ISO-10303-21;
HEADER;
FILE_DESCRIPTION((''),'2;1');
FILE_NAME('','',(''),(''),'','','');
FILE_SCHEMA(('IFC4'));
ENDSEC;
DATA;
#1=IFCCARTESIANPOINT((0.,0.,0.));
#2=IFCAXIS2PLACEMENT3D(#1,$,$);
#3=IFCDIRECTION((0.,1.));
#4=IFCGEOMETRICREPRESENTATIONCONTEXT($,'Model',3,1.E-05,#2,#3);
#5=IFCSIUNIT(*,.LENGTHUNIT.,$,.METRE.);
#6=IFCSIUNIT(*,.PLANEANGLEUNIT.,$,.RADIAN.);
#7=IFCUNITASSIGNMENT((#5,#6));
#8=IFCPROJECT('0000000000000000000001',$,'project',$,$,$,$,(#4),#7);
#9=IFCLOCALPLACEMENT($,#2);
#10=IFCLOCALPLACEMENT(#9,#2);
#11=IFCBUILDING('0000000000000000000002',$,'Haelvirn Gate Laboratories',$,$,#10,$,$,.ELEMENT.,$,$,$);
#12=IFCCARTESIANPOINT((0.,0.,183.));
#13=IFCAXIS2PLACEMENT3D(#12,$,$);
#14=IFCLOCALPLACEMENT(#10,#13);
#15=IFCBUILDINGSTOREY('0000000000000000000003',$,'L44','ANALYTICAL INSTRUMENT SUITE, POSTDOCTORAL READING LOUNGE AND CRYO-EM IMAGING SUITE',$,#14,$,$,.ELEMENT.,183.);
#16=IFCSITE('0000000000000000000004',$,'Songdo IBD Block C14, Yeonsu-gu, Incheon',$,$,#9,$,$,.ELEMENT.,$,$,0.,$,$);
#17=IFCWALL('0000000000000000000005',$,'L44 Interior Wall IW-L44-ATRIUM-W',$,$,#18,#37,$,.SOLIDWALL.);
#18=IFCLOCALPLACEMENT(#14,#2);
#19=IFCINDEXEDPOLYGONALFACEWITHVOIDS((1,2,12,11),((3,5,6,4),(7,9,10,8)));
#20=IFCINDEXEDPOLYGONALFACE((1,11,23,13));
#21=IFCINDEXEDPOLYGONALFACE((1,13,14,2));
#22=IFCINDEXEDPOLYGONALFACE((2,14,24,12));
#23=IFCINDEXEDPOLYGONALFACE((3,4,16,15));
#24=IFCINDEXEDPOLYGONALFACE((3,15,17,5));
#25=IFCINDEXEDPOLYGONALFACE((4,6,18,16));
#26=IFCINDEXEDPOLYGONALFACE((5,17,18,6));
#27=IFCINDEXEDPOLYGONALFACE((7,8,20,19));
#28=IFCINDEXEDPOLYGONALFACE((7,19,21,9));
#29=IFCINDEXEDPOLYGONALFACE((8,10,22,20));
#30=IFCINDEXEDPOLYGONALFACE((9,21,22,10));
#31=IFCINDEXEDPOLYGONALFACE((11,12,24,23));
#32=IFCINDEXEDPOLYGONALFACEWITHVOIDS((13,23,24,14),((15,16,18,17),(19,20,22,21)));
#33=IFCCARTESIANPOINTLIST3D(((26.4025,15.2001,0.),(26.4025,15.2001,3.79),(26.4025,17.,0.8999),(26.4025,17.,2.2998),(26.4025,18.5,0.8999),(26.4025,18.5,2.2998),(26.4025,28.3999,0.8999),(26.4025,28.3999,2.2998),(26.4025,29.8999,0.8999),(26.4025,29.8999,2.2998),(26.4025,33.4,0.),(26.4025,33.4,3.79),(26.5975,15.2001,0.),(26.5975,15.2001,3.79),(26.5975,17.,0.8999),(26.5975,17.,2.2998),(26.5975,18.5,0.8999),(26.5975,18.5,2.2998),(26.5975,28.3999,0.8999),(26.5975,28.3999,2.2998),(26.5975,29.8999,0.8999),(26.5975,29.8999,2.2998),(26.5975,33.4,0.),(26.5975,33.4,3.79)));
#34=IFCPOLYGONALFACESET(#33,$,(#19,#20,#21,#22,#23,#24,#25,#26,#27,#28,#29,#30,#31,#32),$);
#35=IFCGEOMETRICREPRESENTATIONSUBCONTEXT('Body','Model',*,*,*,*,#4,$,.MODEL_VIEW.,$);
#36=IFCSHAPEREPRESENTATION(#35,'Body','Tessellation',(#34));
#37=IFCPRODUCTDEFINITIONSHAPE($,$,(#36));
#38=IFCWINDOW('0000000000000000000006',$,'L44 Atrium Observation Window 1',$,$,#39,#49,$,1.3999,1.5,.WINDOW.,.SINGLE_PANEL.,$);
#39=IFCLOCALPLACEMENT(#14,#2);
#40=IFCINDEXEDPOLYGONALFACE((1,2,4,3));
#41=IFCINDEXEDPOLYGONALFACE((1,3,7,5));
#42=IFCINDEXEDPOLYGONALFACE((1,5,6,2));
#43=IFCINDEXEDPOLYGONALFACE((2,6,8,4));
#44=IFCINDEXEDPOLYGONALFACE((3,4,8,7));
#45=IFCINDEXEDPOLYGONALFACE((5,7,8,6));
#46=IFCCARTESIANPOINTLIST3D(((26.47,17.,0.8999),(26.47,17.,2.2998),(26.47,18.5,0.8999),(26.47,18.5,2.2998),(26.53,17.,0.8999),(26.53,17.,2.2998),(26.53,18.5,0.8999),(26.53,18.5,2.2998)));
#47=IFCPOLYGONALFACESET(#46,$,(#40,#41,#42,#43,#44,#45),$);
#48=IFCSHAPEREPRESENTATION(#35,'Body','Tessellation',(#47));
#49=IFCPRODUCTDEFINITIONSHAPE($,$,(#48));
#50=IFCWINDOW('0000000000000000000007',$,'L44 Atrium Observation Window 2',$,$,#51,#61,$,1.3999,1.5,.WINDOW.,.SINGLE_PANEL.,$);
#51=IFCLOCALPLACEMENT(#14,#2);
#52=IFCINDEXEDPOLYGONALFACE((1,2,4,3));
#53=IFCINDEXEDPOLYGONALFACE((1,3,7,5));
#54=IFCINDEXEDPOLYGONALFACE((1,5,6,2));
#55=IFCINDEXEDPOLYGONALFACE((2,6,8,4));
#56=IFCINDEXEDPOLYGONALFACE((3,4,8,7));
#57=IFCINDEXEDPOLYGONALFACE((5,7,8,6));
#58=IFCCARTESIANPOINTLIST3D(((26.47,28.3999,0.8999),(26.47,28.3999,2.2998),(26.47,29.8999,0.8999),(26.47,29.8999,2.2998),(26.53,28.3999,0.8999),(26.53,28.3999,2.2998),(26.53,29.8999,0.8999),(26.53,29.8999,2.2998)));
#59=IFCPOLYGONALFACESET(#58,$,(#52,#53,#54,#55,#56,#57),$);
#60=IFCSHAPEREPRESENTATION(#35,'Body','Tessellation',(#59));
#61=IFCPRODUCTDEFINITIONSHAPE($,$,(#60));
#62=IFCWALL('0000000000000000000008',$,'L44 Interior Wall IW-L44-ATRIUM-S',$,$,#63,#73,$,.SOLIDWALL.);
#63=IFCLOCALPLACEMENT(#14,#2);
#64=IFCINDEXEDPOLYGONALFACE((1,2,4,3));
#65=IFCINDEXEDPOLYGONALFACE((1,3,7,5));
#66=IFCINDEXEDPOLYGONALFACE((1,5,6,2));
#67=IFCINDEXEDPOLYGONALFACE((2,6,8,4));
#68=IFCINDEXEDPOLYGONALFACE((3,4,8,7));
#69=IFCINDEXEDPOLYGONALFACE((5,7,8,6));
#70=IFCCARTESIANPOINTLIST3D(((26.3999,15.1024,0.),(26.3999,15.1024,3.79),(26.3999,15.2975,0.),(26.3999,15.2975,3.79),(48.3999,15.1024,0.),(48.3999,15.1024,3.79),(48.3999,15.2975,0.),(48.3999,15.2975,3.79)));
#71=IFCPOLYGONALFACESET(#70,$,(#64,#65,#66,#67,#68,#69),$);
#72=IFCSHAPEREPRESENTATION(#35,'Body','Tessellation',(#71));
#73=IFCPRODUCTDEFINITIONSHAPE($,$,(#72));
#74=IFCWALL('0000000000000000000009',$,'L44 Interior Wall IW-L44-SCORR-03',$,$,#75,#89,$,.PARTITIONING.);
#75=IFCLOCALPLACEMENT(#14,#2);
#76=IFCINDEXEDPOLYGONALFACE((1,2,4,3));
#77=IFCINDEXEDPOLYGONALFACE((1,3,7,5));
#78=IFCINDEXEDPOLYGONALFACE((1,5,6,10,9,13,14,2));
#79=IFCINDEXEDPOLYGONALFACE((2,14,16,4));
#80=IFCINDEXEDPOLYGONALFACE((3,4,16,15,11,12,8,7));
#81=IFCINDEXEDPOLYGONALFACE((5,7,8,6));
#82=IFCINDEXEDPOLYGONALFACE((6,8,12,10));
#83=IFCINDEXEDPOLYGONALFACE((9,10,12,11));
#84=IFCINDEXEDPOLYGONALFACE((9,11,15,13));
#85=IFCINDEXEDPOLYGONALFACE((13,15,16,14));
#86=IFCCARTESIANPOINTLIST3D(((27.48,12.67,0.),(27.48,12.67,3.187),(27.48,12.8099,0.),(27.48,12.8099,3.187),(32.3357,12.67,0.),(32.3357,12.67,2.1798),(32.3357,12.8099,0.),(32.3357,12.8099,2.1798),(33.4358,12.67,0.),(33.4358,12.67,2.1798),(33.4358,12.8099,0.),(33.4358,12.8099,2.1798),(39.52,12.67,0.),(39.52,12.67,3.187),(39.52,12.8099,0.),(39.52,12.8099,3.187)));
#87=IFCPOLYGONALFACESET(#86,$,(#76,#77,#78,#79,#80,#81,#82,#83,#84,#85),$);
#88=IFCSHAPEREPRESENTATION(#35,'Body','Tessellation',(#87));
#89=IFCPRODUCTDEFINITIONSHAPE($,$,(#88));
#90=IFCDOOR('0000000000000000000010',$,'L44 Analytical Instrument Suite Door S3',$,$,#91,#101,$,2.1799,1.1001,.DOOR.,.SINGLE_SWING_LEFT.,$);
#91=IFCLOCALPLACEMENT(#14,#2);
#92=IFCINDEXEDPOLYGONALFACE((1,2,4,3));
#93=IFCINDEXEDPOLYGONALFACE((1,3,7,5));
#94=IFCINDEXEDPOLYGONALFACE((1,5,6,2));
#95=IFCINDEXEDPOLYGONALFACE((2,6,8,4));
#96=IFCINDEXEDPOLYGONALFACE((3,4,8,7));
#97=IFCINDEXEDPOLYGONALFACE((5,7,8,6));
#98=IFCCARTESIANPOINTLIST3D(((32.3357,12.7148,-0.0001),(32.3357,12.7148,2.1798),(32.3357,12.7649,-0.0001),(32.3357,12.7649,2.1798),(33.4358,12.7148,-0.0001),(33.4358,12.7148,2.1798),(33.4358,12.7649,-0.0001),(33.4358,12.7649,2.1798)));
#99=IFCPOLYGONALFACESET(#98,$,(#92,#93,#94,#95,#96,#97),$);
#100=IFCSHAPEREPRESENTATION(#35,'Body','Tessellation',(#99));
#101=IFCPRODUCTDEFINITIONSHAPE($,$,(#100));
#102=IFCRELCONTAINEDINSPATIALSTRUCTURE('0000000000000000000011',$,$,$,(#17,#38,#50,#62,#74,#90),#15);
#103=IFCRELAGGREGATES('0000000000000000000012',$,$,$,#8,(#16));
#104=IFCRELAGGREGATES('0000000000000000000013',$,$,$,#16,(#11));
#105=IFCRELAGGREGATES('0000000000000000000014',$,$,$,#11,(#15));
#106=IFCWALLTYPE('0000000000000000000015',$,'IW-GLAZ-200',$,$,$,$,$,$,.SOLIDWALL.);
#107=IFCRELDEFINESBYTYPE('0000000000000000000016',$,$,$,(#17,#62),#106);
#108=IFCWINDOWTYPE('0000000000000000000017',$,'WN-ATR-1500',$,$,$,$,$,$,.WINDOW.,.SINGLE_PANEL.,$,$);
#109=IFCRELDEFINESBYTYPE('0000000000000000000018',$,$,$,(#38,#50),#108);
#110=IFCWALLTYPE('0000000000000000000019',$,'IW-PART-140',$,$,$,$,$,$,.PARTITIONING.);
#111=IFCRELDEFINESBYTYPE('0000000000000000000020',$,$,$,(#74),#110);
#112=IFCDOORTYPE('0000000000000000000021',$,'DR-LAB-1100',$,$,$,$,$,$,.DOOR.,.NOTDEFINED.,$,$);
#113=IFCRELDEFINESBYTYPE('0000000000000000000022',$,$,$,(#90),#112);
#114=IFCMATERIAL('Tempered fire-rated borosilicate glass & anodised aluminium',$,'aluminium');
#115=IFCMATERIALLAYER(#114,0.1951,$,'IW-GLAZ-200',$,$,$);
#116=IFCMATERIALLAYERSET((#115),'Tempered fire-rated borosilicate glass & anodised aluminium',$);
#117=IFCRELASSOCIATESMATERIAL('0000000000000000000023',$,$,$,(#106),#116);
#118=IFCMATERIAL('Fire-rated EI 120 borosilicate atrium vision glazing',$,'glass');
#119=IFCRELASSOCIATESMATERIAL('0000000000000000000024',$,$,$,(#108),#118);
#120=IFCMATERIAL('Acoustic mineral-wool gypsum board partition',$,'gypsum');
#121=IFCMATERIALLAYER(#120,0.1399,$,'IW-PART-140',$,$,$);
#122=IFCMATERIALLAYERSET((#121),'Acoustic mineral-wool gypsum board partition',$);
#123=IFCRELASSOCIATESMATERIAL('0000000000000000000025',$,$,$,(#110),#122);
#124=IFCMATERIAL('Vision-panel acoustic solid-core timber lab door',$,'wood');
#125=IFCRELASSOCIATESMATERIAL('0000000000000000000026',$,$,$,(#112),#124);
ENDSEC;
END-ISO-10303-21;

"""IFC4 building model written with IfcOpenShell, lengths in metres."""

from ifc_helpers import new_model, si_unit, direction, frame, frame_2d, origin, place, context, subcontext, project, spatial, rectangle, extrude, source, transform, mapped, material, layer, layer_set, type_object, type_shapes, element, fill, save


model = new_model("IFC4")

# Units and contexts
model_context = context("Model", 3, precision=1e-05, world=origin(), true_north=direction((0.0, 1.0)))
body_context = subcontext(model_context, "Body", "Model", "MODEL_VIEW")
ifc_project = project(units=[si_unit("LENGTHUNIT", "METRE"), si_unit("PLANEANGLEUNIT", "RADIAN")], contexts=[model_context])

# Site, building, storey
site_placement = place(None, origin())
site = spatial("IfcSite", under=ifc_project, at=site_placement, Name="Songdo IBD Block C14, Yeonsu-gu, Incheon", CompositionType="ELEMENT", RefElevation=0.0)
building_placement = place(site_placement, origin())
building = spatial("IfcBuilding", under=site, at=building_placement, Name="Haelvirn Gate Laboratories", CompositionType="ELEMENT")
storey_placement = place(building_placement, frame((0.0, 0.0, 183.0)))
storey = spatial("IfcBuildingStorey", under=building, at=storey_placement, Name="L44", Description="ANALYTICAL INSTRUMENT SUITE, POSTDOCTORAL READING LOUNGE AND CRYO-EM IMAGING SUITE", CompositionType="ELEMENT", Elevation=183.0)

# Wall, openings, windows
ifc_material_1 = material(Name="Tempered fire-rated borosilicate glass & anodised aluminium", Category="aluminium")
ifc_layer_1 = layer(ifc_material_1, 0.1951, Name="IW-GLAZ-200")
ifc_layer_set_1 = layer_set([ifc_layer_1], Name="Tempered fire-rated borosilicate glass & anodised aluminium")
wall_type_1 = type_object("IfcWallType", Name="IW-GLAZ-200", PredefinedType="SOLIDWALL", material=ifc_layer_set_1)
wall_1_placement = place(storey_placement, frame((26.5, 15.2, 0.0), z_axis=(0.0, 0.0, 1.0), x_axis=(0.0, 1.0, 0.0)))
wall_1 = element("IfcWall", 1, at=wall_1_placement, inside=storey, type_object=wall_type_1, Name="L44 Interior Wall IW-L44-ATRIUM-W", PredefinedType="SOLIDWALL", context=body_context, shape_type="SweptSolid", body=[
    extrude(rectangle(XDim=18.2, YDim=0.1951, at=frame_2d((9.1001, 0.0))), origin(), (0.0, 0.0, 1.0), 3.79),
])
opening_1_placement = place(wall_1_placement, frame((1.8, 0.0, 0.8999)))
opening_1 = element("IfcOpeningElement", 2, at=opening_1_placement, cuts=wall_1, PredefinedType="OPENING", context=body_context, shape_type="SweptSolid", body=[
    extrude(rectangle(XDim=1.5, YDim=1.3999, at=frame_2d((0.75, 0.7))), frame((0.0, 0.1074, 0.0), z_axis=(0.0, -1.0, 0.0), x_axis=(1.0, 0.0, 0.0)), (0.0, 0.0, 1.0), 0.2151),
])
opening_2_placement = place(wall_1_placement, frame((13.2, 0.0, 0.8999)))
opening_2 = element("IfcOpeningElement", 3, at=opening_2_placement, cuts=wall_1, PredefinedType="OPENING", context=body_context, shape_type="SweptSolid", body=[
    extrude(rectangle(XDim=1.5, YDim=1.3999, at=frame_2d((0.75, 0.7))), frame((0.0, 0.1074, 0.0), z_axis=(0.0, -1.0, 0.0), x_axis=(1.0, 0.0, 0.0)), (0.0, 0.0, 1.0), 0.2151),
])
ifc_material_2 = material(Name="Fire-rated EI 120 borosilicate atrium vision glazing", Category="glass")
window_type = type_object("IfcWindowType", Name="WN-ATR-1500", PartitioningType="SINGLE_PANEL", PredefinedType="WINDOW", material=ifc_material_2)
shared_shape_1 = source(origin(), body_context, "Body", "SweptSolid", [
    extrude(rectangle(XDim=1.5, YDim=1.3999, at=frame_2d((0.75, 0.7))), frame((0.0, 0.03, 0.0), z_axis=(0.0, -1.0, 0.0), x_axis=(1.0, 0.0, 0.0)), (0.0, 0.0, 1.0), 0.0601),
])
type_shapes(window_type, [shared_shape_1])
window_1_placement = place(opening_1_placement, origin())
window_1 = element("IfcWindow", 4, at=window_1_placement, inside=storey, type_object=window_type, Name="L44 Atrium Observation Window 1", OverallHeight=1.3999, OverallWidth=1.5, PartitioningType="SINGLE_PANEL", PredefinedType="WINDOW", context=body_context, shape_type="MappedRepresentation", body=[
    mapped(shared_shape_1, transform((0.0, 0.0, 0.0), scale=1.0)),
])
fill(opening_1, window_1)
window_2_placement = place(opening_2_placement, origin())
window_2 = element("IfcWindow", 5, at=window_2_placement, inside=storey, type_object=window_type, Name="L44 Atrium Observation Window 2", OverallHeight=1.3999, OverallWidth=1.5, PartitioningType="SINGLE_PANEL", PredefinedType="WINDOW", context=body_context, shape_type="MappedRepresentation", body=[
    mapped(shared_shape_1, transform((0.0, 0.0, 0.0), scale=1.0)),
])
fill(opening_2, window_2)

# Wall
wall_2_placement = place(storey_placement, frame((26.3999, 15.2, 0.0), z_axis=(0.0, 0.0, 1.0), x_axis=(1.0, 0.0, 0.0)))
element("IfcWall", 6, at=wall_2_placement, inside=storey, type_object=wall_type_1, Name="L44 Interior Wall IW-L44-ATRIUM-S", PredefinedType="SOLIDWALL", context=body_context, shape_type="SweptSolid", body=[
    extrude(rectangle(XDim=22.0, YDim=0.1951, at=frame_2d((11.0, 0.0))), origin(), (0.0, 0.0, 1.0), 3.79),
])

# Wall, opening, door
ifc_material_3 = material(Name="Acoustic mineral-wool gypsum board partition", Category="gypsum")
ifc_layer_2 = layer(ifc_material_3, 0.1399, Name="IW-PART-140")
ifc_layer_set_2 = layer_set([ifc_layer_2], Name="Acoustic mineral-wool gypsum board partition")
wall_type_2 = type_object("IfcWallType", Name="IW-PART-140", PredefinedType="PARTITIONING", material=ifc_layer_set_2)
wall_3_placement = place(storey_placement, frame((27.48, 12.74, 0.0), z_axis=(0.0, 0.0, 1.0), x_axis=(1.0, 0.0, 0.0)))
wall_3 = element("IfcWall", 7, at=wall_3_placement, inside=storey, type_object=wall_type_2, Name="L44 Interior Wall IW-L44-SCORR-03", PredefinedType="PARTITIONING", context=body_context, shape_type="SweptSolid", body=[
    extrude(rectangle(XDim=12.04, YDim=0.1399, at=frame_2d((6.02, 0.0))), origin(), (0.0, 0.0, 1.0), 3.187),
])
opening_3_placement = place(wall_3_placement, frame((4.8557, 0.0, 0.0)))
opening_3 = element("IfcOpeningElement", 8, at=opening_3_placement, cuts=wall_3, PredefinedType="OPENING", context=body_context, shape_type="SweptSolid", body=[
    extrude(rectangle(XDim=1.1001, YDim=2.1799, at=frame_2d((0.55, 1.0898))), frame((0.0, 0.0801, 0.0), z_axis=(0.0, -1.0, 0.0), x_axis=(1.0, 0.0, 0.0)), (0.0, 0.0, 1.0), 0.1599),
])
ifc_material_4 = material(Name="Vision-panel acoustic solid-core timber lab door", Category="wood")
door_type = type_object("IfcDoorType", Name="DR-LAB-1100", OperationType="NOTDEFINED", PredefinedType="DOOR", material=ifc_material_4)
shared_shape_2 = source(origin(), body_context, "Body", "SweptSolid", [
    extrude(rectangle(XDim=1.1001, YDim=2.1799, at=frame_2d((0.55, 1.0898))), frame((0.0, 0.0249, 0.0), z_axis=(0.0, -1.0, 0.0), x_axis=(1.0, 0.0, 0.0)), (0.0, 0.0, 1.0), 0.05),
])
type_shapes(door_type, [shared_shape_2])
door_placement = place(opening_3_placement, origin())
door = element("IfcDoor", 9, at=door_placement, inside=storey, type_object=door_type, Name="L44 Analytical Instrument Suite Door S3", OperationType="SINGLE_SWING_LEFT", OverallHeight=2.1799, OverallWidth=1.1001, PredefinedType="DOOR", context=body_context, shape_type="MappedRepresentation", body=[
    mapped(shared_shape_2, transform((0.0, 0.0, 0.0), scale=1.0)),
])
fill(opening_3, door)

save(model, "model.ifc")
